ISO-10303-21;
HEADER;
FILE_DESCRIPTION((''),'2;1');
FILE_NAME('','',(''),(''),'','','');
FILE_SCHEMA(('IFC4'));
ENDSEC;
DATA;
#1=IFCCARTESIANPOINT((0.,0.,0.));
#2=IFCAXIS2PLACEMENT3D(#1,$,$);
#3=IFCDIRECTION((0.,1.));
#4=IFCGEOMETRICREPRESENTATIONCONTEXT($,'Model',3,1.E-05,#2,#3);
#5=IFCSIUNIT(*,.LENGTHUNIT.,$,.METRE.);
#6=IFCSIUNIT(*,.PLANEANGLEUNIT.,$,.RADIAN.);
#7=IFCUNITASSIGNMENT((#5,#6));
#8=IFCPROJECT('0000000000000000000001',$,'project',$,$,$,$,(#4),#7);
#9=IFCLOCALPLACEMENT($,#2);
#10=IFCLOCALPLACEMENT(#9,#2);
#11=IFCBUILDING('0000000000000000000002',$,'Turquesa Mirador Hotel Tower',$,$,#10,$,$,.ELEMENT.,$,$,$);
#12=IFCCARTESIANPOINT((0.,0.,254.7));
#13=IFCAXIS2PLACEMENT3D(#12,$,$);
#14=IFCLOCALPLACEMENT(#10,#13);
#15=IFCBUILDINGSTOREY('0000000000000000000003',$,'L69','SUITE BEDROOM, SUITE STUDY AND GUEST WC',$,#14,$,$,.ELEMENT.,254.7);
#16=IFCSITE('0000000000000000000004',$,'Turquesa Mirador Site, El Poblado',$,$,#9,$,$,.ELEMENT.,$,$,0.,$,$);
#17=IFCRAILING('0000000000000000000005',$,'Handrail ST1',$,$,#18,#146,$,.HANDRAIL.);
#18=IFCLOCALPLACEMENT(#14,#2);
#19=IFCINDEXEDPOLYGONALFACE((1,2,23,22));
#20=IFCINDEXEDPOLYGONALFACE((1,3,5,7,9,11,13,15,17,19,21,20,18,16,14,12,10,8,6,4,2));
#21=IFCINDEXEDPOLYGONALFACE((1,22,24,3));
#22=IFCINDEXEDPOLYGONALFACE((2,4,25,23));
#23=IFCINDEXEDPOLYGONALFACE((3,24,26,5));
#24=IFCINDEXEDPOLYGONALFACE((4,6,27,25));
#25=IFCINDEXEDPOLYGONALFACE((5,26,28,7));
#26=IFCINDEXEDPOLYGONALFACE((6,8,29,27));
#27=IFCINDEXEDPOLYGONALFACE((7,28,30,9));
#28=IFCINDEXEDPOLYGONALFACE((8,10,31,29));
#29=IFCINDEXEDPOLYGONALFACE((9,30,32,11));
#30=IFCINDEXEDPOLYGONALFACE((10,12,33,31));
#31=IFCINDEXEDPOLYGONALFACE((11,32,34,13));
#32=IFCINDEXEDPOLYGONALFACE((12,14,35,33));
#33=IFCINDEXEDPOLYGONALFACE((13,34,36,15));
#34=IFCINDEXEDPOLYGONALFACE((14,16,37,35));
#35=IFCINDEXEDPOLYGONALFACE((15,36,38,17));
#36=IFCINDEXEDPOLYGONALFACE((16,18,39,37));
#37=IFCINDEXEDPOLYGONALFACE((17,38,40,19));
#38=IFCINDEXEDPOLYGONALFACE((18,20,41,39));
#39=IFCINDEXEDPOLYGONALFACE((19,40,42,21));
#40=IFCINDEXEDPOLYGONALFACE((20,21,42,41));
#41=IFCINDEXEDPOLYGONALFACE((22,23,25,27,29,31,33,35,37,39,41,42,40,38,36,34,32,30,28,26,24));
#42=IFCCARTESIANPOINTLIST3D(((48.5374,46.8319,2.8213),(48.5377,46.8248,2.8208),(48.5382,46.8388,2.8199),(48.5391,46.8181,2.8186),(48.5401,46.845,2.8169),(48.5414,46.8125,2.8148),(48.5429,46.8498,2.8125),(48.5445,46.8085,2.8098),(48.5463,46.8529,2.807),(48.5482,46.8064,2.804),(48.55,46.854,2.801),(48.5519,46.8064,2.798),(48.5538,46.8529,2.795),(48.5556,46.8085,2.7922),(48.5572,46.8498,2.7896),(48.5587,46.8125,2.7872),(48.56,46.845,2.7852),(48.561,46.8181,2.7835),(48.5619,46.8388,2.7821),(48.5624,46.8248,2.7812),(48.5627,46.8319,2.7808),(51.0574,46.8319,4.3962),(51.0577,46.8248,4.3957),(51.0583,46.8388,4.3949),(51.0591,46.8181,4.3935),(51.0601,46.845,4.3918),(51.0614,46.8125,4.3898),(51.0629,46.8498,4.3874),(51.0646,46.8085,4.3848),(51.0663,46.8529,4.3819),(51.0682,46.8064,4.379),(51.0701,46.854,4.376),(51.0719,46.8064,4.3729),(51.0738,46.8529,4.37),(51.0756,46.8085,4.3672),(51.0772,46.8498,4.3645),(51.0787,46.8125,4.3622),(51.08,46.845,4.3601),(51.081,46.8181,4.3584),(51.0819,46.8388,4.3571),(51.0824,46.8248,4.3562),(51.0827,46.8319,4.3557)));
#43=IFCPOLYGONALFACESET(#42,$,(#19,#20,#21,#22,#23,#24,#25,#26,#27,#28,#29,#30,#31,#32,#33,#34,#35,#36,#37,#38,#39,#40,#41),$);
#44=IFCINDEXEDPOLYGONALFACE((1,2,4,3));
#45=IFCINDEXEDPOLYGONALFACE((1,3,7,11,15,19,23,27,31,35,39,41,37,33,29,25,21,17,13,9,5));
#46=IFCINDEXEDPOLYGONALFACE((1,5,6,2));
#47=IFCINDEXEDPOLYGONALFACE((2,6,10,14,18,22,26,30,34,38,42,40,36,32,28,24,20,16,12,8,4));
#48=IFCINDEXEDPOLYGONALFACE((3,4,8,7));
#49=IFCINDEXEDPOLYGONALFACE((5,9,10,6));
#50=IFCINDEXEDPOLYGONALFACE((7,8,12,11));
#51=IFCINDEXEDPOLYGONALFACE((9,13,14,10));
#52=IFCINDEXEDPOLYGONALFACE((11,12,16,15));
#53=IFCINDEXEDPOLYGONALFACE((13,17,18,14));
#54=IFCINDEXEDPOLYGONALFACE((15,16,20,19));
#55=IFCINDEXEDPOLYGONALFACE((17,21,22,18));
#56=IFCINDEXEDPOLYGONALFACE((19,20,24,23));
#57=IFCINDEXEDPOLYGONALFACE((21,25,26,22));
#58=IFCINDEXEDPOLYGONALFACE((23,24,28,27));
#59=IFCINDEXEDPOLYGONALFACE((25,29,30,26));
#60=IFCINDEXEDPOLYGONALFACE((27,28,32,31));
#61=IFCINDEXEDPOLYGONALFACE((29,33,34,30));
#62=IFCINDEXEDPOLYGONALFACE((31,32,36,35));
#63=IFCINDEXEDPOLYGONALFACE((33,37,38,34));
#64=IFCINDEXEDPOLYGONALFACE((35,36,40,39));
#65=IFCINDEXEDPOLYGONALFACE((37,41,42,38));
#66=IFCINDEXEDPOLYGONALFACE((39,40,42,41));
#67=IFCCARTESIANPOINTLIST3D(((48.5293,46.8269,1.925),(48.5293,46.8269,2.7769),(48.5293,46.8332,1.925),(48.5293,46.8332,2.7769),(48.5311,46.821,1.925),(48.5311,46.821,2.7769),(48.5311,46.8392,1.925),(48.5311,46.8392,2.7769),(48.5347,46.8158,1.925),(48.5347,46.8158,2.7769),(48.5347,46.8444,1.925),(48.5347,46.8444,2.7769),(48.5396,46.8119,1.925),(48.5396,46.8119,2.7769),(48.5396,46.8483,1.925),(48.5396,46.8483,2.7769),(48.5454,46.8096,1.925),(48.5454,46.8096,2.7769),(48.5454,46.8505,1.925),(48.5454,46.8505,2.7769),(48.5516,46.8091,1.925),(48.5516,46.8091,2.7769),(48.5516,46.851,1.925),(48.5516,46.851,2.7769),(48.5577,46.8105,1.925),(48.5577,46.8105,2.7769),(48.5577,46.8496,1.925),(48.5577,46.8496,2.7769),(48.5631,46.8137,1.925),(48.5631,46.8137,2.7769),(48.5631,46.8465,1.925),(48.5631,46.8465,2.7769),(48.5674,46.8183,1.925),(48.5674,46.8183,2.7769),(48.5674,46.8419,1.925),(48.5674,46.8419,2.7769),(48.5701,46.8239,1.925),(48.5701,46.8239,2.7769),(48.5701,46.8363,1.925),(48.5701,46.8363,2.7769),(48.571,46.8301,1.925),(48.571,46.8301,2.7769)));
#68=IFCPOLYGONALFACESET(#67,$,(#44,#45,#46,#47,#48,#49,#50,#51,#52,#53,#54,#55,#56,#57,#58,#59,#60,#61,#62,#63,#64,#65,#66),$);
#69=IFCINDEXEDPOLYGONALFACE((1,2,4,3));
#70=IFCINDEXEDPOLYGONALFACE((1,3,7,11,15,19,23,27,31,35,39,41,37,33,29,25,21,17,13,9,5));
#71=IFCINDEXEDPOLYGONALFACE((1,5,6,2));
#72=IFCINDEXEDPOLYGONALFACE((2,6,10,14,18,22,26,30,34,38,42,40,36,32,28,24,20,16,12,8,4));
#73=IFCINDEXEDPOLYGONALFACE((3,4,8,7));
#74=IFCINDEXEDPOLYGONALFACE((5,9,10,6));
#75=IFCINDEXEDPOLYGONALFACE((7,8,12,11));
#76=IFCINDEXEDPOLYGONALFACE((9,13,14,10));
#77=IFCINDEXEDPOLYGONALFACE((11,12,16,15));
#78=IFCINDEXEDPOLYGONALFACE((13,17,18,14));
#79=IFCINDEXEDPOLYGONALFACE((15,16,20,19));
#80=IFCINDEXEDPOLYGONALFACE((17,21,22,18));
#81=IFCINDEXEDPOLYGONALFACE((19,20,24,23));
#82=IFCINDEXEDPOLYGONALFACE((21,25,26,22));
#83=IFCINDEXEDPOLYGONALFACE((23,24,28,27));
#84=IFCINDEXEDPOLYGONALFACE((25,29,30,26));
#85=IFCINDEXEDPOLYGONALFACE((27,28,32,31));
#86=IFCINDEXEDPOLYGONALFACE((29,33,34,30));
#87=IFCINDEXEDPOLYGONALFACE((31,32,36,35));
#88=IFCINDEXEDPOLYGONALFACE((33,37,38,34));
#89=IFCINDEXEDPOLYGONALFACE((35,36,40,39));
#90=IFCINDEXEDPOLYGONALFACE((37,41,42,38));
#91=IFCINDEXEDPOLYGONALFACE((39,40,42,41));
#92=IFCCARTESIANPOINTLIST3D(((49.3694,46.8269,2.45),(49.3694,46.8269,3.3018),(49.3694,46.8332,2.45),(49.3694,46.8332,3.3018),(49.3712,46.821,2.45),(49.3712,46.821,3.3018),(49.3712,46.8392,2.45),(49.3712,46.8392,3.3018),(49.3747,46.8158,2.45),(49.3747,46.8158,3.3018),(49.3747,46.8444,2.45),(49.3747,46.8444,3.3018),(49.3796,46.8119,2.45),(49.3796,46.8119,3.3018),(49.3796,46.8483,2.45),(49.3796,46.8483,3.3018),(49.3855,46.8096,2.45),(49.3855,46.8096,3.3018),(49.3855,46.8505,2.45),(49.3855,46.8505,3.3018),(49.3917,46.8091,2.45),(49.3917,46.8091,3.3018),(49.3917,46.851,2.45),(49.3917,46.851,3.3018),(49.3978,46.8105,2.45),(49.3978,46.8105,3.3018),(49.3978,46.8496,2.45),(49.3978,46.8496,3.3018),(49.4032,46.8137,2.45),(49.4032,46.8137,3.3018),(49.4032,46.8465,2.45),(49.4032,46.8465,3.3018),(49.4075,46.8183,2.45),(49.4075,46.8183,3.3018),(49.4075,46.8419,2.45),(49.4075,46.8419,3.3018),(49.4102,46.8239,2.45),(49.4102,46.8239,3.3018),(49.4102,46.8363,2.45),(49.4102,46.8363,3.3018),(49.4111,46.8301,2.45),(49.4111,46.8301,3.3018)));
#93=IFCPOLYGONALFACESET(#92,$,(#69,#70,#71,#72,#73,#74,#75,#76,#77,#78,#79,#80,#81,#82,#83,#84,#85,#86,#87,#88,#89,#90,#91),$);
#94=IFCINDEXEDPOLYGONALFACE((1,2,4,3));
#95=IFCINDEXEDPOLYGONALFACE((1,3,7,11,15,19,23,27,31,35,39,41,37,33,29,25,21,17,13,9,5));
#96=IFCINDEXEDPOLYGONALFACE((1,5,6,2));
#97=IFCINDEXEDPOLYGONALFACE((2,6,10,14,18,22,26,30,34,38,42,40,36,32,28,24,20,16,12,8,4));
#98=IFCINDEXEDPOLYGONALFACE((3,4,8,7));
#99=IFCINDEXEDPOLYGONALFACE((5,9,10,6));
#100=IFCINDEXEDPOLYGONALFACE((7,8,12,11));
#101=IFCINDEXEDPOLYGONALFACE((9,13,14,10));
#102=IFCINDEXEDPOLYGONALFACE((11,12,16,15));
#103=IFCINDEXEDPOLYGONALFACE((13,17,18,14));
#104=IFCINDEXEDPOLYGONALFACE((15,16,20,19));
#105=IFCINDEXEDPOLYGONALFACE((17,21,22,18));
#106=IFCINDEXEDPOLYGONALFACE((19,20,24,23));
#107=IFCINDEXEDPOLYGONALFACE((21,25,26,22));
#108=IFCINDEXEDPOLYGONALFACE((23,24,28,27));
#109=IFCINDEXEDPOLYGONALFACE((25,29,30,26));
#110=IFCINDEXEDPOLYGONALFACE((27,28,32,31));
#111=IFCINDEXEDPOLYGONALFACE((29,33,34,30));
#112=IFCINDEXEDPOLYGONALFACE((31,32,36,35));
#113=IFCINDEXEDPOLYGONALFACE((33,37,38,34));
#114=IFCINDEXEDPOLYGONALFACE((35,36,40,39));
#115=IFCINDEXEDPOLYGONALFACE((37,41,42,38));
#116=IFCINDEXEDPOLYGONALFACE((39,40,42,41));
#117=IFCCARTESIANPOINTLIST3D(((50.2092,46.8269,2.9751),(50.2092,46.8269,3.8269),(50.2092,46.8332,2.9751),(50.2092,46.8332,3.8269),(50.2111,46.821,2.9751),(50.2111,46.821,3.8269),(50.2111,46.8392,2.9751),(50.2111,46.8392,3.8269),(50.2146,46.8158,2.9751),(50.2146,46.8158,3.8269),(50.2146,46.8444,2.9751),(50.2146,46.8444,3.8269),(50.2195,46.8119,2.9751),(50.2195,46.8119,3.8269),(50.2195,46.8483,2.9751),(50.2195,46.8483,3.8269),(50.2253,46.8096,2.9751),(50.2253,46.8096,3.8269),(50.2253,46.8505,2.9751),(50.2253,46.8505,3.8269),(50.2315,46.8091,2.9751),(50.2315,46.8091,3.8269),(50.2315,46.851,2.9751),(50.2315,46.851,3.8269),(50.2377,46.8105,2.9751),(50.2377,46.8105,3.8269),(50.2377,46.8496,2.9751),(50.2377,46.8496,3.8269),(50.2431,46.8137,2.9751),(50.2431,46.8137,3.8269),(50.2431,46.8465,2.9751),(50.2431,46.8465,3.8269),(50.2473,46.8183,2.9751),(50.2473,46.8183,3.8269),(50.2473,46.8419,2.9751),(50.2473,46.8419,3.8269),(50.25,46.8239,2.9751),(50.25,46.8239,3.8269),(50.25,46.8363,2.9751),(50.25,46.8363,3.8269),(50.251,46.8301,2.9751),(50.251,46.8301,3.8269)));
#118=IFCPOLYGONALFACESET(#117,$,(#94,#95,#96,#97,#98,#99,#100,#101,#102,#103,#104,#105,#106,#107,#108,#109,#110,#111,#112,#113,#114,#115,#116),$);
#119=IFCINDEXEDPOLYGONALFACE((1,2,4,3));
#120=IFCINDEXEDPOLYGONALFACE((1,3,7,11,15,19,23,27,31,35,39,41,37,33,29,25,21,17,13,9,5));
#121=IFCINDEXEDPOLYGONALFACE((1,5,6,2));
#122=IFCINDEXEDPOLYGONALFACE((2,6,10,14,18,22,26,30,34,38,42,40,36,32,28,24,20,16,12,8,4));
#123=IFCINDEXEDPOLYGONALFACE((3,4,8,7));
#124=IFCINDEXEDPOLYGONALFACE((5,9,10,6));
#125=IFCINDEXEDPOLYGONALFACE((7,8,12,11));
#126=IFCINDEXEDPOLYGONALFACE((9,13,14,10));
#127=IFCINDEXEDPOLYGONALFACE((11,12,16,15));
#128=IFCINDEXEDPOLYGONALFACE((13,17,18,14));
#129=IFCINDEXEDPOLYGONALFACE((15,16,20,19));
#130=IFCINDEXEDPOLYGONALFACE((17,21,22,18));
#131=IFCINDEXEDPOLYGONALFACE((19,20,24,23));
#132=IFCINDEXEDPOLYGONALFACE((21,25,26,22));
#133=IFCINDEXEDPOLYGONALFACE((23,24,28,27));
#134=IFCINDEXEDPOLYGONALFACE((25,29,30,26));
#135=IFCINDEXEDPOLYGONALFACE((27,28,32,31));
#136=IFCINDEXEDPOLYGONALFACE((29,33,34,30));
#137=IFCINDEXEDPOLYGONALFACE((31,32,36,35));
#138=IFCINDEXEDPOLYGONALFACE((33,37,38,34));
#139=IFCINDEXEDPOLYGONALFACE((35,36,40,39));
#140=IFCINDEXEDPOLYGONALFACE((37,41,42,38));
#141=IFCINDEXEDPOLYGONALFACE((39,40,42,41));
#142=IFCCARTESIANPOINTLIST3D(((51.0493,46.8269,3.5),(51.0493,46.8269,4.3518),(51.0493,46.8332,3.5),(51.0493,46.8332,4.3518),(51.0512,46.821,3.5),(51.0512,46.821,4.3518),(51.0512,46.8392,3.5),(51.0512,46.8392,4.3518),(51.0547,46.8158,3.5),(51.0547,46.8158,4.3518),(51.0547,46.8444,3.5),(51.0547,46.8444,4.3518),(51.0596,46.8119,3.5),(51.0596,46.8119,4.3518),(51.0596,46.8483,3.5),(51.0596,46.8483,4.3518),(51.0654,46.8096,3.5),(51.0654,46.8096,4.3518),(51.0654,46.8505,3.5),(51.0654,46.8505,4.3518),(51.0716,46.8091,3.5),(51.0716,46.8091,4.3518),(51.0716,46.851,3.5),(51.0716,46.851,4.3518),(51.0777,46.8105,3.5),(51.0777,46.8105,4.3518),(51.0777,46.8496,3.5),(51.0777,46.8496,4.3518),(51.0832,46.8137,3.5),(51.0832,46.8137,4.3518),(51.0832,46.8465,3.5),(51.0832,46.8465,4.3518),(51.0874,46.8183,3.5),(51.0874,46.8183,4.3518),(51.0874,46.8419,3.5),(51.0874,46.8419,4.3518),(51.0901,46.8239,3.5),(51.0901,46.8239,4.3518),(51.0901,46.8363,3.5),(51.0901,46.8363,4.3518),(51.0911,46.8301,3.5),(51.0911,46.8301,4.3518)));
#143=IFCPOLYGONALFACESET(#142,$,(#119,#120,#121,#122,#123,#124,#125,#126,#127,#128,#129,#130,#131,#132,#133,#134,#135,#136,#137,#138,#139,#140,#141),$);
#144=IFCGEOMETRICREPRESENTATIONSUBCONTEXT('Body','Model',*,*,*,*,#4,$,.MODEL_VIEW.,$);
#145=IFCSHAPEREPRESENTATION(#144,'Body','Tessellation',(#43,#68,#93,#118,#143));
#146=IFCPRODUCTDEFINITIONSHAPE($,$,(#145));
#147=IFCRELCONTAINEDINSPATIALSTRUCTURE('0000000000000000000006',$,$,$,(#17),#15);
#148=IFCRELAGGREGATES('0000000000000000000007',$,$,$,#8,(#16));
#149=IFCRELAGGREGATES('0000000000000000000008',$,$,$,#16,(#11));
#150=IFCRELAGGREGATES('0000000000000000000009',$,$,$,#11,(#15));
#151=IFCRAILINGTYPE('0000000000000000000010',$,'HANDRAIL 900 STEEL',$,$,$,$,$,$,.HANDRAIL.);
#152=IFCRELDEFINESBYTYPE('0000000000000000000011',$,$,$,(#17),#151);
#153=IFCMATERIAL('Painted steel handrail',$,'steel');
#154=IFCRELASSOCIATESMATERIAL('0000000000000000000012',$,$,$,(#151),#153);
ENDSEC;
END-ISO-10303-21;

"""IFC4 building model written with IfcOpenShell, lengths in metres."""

from ifc_helpers import new_model, si_unit, direction, frame, origin, origin_2d, place, context, subcontext, project, spatial, circle, extrude, material, type_object, element, save


model = new_model("IFC4")

# Units and contexts
model_context = context("Model", 3, precision=1e-05, world=origin(), true_north=direction((0.0, 1.0)))
body_context = subcontext(model_context, "Body", "Model", "MODEL_VIEW")
ifc_project = project(units=[si_unit("LENGTHUNIT", "METRE"), si_unit("PLANEANGLEUNIT", "RADIAN")], contexts=[model_context])

# Site, building, storey
site_placement = place(None, origin())
site = spatial("IfcSite", under=ifc_project, at=site_placement, Name="Turquesa Mirador Site, El Poblado", CompositionType="ELEMENT", RefElevation=0.0)
building_placement = place(site_placement, origin())
building = spatial("IfcBuilding", under=site, at=building_placement, Name="Turquesa Mirador Hotel Tower", CompositionType="ELEMENT")
storey_placement = place(building_placement, frame((0.0, 0.0, 254.7)))
storey = spatial("IfcBuildingStorey", under=building, at=storey_placement, Name="L69", Description="SUITE BEDROOM, SUITE STUDY AND GUEST WC", CompositionType="ELEMENT", Elevation=254.7)

# Railing
ifc_material_1 = material(Name="Painted steel handrail", Category="steel")
railing_type = type_object("IfcRailingType", Name="HANDRAIL 900 STEEL", PredefinedType="HANDRAIL", material=ifc_material_1)
railing_1_placement = place(storey_placement, frame((48.55, 46.8301, 1.925)))
element("IfcRailing", 1, at=railing_1_placement, inside=storey, type_object=railing_type, Name="Handrail ST1", PredefinedType="HANDRAIL", context=body_context, shape_type="SweptSolid", body=[
    extrude(circle(Radius=0.0239, at=origin_2d()), frame((0.0, 0.0, 0.876), z_axis=(0.848008, 0.0, 0.529984), x_axis=(0.0, 1.0, 0.0)), (0.0, 0.0, 1.0), 2.9717),
    extrude(circle(Radius=0.021, at=origin_2d()), origin(), (0.0, 0.0, 1.0), 0.8518),
    extrude(circle(Radius=0.021, at=origin_2d()), frame((0.8401, 0.0, 0.5249)), (0.0, 0.0, 1.0), 0.8518),
    extrude(circle(Radius=0.021, at=origin_2d()), frame((1.6799, 0.0, 1.05)), (0.0, 0.0, 1.0), 0.8518),
    extrude(circle(Radius=0.021, at=origin_2d()), frame((2.52, 0.0, 1.575)), (0.0, 0.0, 1.0), 0.8518),
])

save(model, "model.ifc")
